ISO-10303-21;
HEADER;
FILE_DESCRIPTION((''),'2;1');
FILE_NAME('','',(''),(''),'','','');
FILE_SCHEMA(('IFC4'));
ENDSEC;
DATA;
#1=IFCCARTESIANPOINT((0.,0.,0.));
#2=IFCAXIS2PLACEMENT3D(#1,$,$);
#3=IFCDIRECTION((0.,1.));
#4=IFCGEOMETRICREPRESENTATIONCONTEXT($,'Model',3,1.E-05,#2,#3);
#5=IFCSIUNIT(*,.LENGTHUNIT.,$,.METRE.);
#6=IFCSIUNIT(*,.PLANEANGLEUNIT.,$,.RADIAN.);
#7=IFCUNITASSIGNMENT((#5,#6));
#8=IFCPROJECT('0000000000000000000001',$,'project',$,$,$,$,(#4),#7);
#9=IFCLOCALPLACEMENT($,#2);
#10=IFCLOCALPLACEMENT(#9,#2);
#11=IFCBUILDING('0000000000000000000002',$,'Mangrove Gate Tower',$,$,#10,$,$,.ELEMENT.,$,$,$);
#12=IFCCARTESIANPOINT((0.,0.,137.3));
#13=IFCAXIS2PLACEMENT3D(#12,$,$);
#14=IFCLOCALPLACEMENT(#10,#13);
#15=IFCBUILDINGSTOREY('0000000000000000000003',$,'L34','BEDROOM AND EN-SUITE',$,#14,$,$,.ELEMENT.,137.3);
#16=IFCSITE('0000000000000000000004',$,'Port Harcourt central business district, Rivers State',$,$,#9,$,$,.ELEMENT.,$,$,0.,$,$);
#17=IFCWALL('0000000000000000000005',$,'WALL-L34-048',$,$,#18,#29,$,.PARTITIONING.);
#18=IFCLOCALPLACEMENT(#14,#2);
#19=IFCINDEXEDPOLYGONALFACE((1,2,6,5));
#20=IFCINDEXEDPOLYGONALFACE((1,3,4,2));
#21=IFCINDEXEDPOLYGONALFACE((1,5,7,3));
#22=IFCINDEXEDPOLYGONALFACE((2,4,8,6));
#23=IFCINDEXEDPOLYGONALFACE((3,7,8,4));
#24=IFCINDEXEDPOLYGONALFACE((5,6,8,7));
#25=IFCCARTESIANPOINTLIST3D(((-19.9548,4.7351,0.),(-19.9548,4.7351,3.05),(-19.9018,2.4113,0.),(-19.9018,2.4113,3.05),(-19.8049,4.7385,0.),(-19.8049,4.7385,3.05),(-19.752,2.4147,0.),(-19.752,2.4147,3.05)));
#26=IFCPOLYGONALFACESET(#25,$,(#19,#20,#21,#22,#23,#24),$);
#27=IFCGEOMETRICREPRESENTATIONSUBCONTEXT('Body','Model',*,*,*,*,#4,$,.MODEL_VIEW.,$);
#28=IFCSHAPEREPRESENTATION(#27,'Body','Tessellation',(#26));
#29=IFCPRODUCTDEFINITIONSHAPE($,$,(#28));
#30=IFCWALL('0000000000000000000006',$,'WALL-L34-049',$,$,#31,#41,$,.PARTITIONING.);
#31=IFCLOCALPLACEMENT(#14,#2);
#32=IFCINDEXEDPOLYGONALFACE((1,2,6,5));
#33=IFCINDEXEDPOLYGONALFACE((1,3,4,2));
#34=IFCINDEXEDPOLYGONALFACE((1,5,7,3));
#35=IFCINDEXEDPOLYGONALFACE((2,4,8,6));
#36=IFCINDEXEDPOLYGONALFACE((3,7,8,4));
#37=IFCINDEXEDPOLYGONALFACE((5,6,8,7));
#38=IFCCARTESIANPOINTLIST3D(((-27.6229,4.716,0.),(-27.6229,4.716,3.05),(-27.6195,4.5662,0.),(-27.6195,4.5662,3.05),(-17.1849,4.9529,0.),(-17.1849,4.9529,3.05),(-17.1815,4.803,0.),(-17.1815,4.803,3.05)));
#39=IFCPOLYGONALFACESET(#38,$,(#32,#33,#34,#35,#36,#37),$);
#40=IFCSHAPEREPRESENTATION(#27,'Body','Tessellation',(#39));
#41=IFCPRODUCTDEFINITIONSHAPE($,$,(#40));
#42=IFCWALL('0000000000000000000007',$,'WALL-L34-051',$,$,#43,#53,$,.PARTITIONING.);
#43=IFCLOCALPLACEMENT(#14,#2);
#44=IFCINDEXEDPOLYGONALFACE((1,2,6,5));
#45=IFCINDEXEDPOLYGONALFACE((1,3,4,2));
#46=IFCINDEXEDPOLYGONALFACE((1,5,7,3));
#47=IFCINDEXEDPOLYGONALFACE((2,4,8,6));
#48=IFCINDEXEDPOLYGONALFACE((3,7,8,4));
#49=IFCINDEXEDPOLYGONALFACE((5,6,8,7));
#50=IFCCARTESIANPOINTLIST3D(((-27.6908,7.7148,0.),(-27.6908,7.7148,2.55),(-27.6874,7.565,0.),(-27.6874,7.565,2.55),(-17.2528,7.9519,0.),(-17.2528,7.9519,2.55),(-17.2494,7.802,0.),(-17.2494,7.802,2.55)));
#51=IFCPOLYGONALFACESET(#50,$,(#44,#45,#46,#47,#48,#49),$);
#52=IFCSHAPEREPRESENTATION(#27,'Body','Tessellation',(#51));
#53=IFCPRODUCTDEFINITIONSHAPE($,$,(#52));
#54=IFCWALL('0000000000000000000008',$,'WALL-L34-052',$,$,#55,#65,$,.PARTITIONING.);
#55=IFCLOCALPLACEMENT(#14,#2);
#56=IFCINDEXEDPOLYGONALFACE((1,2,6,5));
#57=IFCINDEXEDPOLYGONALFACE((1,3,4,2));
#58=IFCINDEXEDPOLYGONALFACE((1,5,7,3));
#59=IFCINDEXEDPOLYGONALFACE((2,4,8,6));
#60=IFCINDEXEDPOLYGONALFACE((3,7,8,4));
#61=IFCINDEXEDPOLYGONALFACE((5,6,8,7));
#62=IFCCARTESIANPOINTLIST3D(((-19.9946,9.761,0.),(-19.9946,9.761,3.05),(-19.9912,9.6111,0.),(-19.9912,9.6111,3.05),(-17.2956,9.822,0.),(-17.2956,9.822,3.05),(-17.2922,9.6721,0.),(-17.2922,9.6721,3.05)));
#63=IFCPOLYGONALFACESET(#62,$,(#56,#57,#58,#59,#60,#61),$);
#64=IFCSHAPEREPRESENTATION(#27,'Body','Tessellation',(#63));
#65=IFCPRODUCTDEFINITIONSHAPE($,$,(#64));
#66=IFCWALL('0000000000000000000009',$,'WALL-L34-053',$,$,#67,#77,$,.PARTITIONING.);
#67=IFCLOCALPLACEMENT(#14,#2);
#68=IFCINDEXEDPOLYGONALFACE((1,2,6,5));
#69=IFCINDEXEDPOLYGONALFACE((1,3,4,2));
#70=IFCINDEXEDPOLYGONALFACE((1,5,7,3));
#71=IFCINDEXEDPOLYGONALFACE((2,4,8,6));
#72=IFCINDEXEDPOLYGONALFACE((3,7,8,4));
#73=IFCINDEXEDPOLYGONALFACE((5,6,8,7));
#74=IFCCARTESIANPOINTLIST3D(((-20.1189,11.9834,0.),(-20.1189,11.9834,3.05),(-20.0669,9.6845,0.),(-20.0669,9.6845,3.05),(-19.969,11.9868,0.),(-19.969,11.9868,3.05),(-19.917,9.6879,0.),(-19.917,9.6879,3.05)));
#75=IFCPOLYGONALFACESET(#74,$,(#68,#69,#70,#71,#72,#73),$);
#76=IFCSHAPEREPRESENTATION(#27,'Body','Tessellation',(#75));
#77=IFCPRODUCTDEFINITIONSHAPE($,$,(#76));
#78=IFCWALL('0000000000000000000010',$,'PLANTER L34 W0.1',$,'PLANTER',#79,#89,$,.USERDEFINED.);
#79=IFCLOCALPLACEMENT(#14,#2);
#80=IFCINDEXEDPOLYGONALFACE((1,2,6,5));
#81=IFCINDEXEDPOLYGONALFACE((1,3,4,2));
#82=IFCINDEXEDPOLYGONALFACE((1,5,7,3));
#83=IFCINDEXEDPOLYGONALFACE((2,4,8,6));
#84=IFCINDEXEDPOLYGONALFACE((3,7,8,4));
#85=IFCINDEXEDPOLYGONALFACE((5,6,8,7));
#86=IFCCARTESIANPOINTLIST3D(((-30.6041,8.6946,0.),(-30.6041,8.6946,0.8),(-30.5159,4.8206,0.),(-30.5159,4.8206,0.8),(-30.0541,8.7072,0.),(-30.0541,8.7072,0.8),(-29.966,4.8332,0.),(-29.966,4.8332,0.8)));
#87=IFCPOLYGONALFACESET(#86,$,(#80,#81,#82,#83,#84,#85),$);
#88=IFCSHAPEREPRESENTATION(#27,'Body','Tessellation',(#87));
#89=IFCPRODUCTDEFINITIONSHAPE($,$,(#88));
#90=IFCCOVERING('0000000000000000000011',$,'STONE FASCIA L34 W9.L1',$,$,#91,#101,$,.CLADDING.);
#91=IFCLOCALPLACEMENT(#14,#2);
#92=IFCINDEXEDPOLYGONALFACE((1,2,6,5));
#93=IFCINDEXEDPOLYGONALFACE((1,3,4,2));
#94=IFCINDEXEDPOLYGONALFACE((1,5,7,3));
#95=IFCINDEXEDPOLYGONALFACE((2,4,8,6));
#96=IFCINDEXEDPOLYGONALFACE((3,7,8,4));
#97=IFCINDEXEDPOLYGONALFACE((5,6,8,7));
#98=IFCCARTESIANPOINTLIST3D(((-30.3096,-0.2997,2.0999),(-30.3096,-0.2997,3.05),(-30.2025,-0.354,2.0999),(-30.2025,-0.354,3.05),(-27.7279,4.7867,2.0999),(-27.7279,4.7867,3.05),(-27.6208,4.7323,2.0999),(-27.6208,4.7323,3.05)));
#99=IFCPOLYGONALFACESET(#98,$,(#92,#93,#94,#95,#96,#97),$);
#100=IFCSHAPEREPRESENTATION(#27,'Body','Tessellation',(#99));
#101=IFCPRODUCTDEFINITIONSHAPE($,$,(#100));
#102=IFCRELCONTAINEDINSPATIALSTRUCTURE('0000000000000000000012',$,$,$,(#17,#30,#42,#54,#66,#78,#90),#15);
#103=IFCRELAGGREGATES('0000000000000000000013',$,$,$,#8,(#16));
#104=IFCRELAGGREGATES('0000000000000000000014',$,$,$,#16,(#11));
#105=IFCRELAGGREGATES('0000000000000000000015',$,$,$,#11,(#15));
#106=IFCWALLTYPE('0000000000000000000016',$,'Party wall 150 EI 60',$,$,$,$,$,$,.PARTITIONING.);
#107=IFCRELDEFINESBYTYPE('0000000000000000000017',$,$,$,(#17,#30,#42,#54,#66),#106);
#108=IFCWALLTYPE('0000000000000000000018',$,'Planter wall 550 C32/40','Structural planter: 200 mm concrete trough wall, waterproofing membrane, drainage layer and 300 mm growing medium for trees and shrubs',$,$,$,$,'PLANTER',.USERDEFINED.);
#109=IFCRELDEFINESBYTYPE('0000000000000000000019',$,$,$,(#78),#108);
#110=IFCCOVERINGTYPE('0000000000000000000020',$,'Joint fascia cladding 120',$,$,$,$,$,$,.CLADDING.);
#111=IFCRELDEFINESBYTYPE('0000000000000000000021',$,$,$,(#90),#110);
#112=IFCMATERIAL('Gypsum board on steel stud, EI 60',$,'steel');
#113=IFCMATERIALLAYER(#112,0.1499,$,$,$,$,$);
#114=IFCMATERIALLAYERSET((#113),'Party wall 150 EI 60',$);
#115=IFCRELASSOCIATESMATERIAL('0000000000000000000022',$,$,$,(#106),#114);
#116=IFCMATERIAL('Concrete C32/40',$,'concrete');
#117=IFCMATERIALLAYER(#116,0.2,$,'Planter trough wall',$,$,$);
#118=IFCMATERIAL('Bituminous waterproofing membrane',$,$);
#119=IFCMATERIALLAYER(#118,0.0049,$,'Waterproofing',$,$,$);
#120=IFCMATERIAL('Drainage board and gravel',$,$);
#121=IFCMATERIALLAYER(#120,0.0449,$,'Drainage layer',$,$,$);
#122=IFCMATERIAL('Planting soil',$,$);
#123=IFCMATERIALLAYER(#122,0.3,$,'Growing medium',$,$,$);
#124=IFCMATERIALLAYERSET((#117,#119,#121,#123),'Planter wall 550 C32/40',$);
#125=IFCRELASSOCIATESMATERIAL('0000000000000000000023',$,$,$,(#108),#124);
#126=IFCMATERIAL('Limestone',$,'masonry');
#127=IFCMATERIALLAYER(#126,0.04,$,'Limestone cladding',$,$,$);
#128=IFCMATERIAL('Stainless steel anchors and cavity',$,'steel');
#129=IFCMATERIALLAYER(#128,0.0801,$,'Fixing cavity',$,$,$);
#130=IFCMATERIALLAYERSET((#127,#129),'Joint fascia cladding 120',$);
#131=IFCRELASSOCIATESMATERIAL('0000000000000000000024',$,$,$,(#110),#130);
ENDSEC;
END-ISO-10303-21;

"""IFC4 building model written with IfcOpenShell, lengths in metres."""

from ifc_helpers import new_model, si_unit, direction, frame, frame_2d, origin, place, context, subcontext, project, spatial, rectangle, extrude, material, layer, layer_set, type_object, element, save


model = new_model("IFC4")

# Units and contexts
model_context = context("Model", 3, precision=1e-05, world=origin(), true_north=direction((0.0, 1.0)))
body_context = subcontext(model_context, "Body", "Model", "MODEL_VIEW")
ifc_project = project(units=[si_unit("LENGTHUNIT", "METRE"), si_unit("PLANEANGLEUNIT", "RADIAN")], contexts=[model_context])

# Site, building, storey
site_placement = place(None, origin())
site = spatial("IfcSite", under=ifc_project, at=site_placement, Name="Port Harcourt central business district, Rivers State", CompositionType="ELEMENT", RefElevation=0.0)
building_placement = place(site_placement, origin())
building = spatial("IfcBuilding", under=site, at=building_placement, Name="Mangrove Gate Tower", CompositionType="ELEMENT")
storey_placement = place(building_placement, frame((0.0, 0.0, 137.3)))
storey = spatial("IfcBuildingStorey", under=building, at=storey_placement, Name="L34", Description="BEDROOM AND EN-SUITE", CompositionType="ELEMENT", Elevation=137.3)

# Shared definitions
ifc_material_1 = material(Name="Limestone", Category="masonry")

# Walls
ifc_material_2 = material(Name="Gypsum board on steel stud, EI 60", Category="steel")
ifc_layer_1 = layer(ifc_material_2, 0.1499)
ifc_layer_set_1 = layer_set([ifc_layer_1], Name="Party wall 150 EI 60")
wall_type_1 = type_object("IfcWallType", Name="Party wall 150 EI 60", PredefinedType="PARTITIONING", material=ifc_layer_set_1)
wall_1_placement = place(storey_placement, frame((-19.8269, 2.4131, 0.0), z_axis=(0.0, 0.0, 1.0), x_axis=(-0.022791, 0.99974, 0.0)))
element("IfcWall", 1, at=wall_1_placement, inside=storey, type_object=wall_type_1, Name="WALL-L34-048", PredefinedType="PARTITIONING", context=body_context, shape_type="SweptSolid", body=[
    extrude(rectangle(XDim=2.3245, YDim=0.1499, at=frame_2d((1.1621, 0.0))), origin(), (0.0, 0.0, 1.0), 3.05),
])
wall_2_placement = place(storey_placement, frame((-27.6211, 4.6411, 0.0), z_axis=(0.0, 0.0, 1.0), x_axis=(0.999743, 0.022682, 0.0)))
element("IfcWall", 2, at=wall_2_placement, inside=storey, type_object=wall_type_1, Name="WALL-L34-049", PredefinedType="PARTITIONING", context=body_context, shape_type="SweptSolid", body=[
    extrude(rectangle(XDim=10.4407, YDim=0.1499, at=frame_2d((5.2202, 0.0))), origin(), (0.0, 0.0, 1.0), 3.05),
])
wall_3_placement = place(storey_placement, frame((-27.689, 7.6399, 0.0), z_axis=(0.0, 0.0, 1.0), x_axis=(0.999742, 0.022705, 0.0)))
element("IfcWall", 3, at=wall_3_placement, inside=storey, type_object=wall_type_1, Name="WALL-L34-051", PredefinedType="PARTITIONING", context=body_context, shape_type="SweptSolid", body=[
    extrude(rectangle(XDim=10.4407, YDim=0.1499, at=frame_2d((5.2202, 0.0))), origin(), (0.0, 0.0, 1.0), 2.55),
])
wall_4_placement = place(storey_placement, frame((-19.9929, 9.686, 0.0), z_axis=(0.0, 0.0, 1.0), x_axis=(0.999744, 0.022608, 0.0)))
element("IfcWall", 4, at=wall_4_placement, inside=storey, type_object=wall_type_1, Name="WALL-L34-052", PredefinedType="PARTITIONING", context=body_context, shape_type="SweptSolid", body=[
    extrude(rectangle(XDim=2.6997, YDim=0.1499, at=frame_2d((1.3499, 0.0))), origin(), (0.0, 0.0, 1.0), 3.05),
])
wall_5_placement = place(storey_placement, frame((-19.9919, 9.686, 0.0), z_axis=(0.0, 0.0, 1.0), x_axis=(-0.022613, 0.999744, 0.0)))
element("IfcWall", 5, at=wall_5_placement, inside=storey, type_object=wall_type_1, Name="WALL-L34-053", PredefinedType="PARTITIONING", context=body_context, shape_type="SweptSolid", body=[
    extrude(rectangle(XDim=2.2996, YDim=0.1499, at=frame_2d((1.1499, 0.0))), origin(), (0.0, 0.0, 1.0), 3.05),
])
ifc_material_3 = material(Name="Concrete C32/40", Category="concrete")
ifc_layer_2 = layer(ifc_material_3, 0.2, Name="Planter trough wall")
ifc_material_4 = material(Name="Bituminous waterproofing membrane")
ifc_layer_3 = layer(ifc_material_4, 0.0049, Name="Waterproofing")
ifc_material_5 = material(Name="Drainage board and gravel")
ifc_layer_4 = layer(ifc_material_5, 0.0449, Name="Drainage layer")
ifc_material_6 = material(Name="Planting soil")
ifc_layer_5 = layer(ifc_material_6, 0.3, Name="Growing medium")
ifc_layer_set_2 = layer_set([ifc_layer_2, ifc_layer_3, ifc_layer_4, ifc_layer_5], Name="Planter wall 550 C32/40")
wall_type_2 = type_object("IfcWallType", Name="Planter wall 550 C32/40", Description="Structural planter: 200 mm concrete trough wall, waterproofing membrane, drainage layer and 300 mm growing medium for trees and shrubs", ElementType="PLANTER", PredefinedType="USERDEFINED", material=ifc_layer_set_2)
wall_6_placement = place(storey_placement, frame((-30.241, 4.8269, 0.0), z_axis=(0.0, 0.0, 1.0), x_axis=(-0.022744, 0.999741, 0.0)))
element("IfcWall", 6, at=wall_6_placement, inside=storey, type_object=wall_type_2, Name="PLANTER L34 W0.1", ObjectType="PLANTER", PredefinedType="USERDEFINED", context=body_context, shape_type="SweptSolid", body=[
    extrude(rectangle(XDim=3.875, YDim=0.55, at=frame_2d((1.9375, 0.0))), origin(), (0.0, 0.0, 1.0), 0.8),
])

# Covering
ifc_layer_6 = layer(ifc_material_1, 0.04, Name="Limestone cladding")
ifc_material_7 = material(Name="Stainless steel anchors and cavity", Category="steel")
ifc_layer_7 = layer(ifc_material_7, 0.0801, Name="Fixing cavity")
ifc_layer_set_3 = layer_set([ifc_layer_6, ifc_layer_7], Name="Joint fascia cladding 120")
covering_type = type_object("IfcCoveringType", Name="Joint fascia cladding 120", PredefinedType="CLADDING", material=ifc_layer_set_3)
covering_placement = place(storey_placement, frame((-27.6743, 4.7595, 2.0999), z_axis=(0.0, 0.0, 1.0), x_axis=(-0.452615, -0.891706, 0.0)))
element("IfcCovering", 7, at=covering_placement, inside=storey, type_object=covering_type, Name="STONE FASCIA L34 W9.L1", PredefinedType="CLADDING", context=body_context, shape_type="SweptSolid", body=[
    extrude(rectangle(XDim=5.7041, YDim=0.1201, at=frame_2d((2.8521, 0.0))), origin(), (0.0, 0.0, 1.0), 0.9502),
])

save(model, "model.ifc")
